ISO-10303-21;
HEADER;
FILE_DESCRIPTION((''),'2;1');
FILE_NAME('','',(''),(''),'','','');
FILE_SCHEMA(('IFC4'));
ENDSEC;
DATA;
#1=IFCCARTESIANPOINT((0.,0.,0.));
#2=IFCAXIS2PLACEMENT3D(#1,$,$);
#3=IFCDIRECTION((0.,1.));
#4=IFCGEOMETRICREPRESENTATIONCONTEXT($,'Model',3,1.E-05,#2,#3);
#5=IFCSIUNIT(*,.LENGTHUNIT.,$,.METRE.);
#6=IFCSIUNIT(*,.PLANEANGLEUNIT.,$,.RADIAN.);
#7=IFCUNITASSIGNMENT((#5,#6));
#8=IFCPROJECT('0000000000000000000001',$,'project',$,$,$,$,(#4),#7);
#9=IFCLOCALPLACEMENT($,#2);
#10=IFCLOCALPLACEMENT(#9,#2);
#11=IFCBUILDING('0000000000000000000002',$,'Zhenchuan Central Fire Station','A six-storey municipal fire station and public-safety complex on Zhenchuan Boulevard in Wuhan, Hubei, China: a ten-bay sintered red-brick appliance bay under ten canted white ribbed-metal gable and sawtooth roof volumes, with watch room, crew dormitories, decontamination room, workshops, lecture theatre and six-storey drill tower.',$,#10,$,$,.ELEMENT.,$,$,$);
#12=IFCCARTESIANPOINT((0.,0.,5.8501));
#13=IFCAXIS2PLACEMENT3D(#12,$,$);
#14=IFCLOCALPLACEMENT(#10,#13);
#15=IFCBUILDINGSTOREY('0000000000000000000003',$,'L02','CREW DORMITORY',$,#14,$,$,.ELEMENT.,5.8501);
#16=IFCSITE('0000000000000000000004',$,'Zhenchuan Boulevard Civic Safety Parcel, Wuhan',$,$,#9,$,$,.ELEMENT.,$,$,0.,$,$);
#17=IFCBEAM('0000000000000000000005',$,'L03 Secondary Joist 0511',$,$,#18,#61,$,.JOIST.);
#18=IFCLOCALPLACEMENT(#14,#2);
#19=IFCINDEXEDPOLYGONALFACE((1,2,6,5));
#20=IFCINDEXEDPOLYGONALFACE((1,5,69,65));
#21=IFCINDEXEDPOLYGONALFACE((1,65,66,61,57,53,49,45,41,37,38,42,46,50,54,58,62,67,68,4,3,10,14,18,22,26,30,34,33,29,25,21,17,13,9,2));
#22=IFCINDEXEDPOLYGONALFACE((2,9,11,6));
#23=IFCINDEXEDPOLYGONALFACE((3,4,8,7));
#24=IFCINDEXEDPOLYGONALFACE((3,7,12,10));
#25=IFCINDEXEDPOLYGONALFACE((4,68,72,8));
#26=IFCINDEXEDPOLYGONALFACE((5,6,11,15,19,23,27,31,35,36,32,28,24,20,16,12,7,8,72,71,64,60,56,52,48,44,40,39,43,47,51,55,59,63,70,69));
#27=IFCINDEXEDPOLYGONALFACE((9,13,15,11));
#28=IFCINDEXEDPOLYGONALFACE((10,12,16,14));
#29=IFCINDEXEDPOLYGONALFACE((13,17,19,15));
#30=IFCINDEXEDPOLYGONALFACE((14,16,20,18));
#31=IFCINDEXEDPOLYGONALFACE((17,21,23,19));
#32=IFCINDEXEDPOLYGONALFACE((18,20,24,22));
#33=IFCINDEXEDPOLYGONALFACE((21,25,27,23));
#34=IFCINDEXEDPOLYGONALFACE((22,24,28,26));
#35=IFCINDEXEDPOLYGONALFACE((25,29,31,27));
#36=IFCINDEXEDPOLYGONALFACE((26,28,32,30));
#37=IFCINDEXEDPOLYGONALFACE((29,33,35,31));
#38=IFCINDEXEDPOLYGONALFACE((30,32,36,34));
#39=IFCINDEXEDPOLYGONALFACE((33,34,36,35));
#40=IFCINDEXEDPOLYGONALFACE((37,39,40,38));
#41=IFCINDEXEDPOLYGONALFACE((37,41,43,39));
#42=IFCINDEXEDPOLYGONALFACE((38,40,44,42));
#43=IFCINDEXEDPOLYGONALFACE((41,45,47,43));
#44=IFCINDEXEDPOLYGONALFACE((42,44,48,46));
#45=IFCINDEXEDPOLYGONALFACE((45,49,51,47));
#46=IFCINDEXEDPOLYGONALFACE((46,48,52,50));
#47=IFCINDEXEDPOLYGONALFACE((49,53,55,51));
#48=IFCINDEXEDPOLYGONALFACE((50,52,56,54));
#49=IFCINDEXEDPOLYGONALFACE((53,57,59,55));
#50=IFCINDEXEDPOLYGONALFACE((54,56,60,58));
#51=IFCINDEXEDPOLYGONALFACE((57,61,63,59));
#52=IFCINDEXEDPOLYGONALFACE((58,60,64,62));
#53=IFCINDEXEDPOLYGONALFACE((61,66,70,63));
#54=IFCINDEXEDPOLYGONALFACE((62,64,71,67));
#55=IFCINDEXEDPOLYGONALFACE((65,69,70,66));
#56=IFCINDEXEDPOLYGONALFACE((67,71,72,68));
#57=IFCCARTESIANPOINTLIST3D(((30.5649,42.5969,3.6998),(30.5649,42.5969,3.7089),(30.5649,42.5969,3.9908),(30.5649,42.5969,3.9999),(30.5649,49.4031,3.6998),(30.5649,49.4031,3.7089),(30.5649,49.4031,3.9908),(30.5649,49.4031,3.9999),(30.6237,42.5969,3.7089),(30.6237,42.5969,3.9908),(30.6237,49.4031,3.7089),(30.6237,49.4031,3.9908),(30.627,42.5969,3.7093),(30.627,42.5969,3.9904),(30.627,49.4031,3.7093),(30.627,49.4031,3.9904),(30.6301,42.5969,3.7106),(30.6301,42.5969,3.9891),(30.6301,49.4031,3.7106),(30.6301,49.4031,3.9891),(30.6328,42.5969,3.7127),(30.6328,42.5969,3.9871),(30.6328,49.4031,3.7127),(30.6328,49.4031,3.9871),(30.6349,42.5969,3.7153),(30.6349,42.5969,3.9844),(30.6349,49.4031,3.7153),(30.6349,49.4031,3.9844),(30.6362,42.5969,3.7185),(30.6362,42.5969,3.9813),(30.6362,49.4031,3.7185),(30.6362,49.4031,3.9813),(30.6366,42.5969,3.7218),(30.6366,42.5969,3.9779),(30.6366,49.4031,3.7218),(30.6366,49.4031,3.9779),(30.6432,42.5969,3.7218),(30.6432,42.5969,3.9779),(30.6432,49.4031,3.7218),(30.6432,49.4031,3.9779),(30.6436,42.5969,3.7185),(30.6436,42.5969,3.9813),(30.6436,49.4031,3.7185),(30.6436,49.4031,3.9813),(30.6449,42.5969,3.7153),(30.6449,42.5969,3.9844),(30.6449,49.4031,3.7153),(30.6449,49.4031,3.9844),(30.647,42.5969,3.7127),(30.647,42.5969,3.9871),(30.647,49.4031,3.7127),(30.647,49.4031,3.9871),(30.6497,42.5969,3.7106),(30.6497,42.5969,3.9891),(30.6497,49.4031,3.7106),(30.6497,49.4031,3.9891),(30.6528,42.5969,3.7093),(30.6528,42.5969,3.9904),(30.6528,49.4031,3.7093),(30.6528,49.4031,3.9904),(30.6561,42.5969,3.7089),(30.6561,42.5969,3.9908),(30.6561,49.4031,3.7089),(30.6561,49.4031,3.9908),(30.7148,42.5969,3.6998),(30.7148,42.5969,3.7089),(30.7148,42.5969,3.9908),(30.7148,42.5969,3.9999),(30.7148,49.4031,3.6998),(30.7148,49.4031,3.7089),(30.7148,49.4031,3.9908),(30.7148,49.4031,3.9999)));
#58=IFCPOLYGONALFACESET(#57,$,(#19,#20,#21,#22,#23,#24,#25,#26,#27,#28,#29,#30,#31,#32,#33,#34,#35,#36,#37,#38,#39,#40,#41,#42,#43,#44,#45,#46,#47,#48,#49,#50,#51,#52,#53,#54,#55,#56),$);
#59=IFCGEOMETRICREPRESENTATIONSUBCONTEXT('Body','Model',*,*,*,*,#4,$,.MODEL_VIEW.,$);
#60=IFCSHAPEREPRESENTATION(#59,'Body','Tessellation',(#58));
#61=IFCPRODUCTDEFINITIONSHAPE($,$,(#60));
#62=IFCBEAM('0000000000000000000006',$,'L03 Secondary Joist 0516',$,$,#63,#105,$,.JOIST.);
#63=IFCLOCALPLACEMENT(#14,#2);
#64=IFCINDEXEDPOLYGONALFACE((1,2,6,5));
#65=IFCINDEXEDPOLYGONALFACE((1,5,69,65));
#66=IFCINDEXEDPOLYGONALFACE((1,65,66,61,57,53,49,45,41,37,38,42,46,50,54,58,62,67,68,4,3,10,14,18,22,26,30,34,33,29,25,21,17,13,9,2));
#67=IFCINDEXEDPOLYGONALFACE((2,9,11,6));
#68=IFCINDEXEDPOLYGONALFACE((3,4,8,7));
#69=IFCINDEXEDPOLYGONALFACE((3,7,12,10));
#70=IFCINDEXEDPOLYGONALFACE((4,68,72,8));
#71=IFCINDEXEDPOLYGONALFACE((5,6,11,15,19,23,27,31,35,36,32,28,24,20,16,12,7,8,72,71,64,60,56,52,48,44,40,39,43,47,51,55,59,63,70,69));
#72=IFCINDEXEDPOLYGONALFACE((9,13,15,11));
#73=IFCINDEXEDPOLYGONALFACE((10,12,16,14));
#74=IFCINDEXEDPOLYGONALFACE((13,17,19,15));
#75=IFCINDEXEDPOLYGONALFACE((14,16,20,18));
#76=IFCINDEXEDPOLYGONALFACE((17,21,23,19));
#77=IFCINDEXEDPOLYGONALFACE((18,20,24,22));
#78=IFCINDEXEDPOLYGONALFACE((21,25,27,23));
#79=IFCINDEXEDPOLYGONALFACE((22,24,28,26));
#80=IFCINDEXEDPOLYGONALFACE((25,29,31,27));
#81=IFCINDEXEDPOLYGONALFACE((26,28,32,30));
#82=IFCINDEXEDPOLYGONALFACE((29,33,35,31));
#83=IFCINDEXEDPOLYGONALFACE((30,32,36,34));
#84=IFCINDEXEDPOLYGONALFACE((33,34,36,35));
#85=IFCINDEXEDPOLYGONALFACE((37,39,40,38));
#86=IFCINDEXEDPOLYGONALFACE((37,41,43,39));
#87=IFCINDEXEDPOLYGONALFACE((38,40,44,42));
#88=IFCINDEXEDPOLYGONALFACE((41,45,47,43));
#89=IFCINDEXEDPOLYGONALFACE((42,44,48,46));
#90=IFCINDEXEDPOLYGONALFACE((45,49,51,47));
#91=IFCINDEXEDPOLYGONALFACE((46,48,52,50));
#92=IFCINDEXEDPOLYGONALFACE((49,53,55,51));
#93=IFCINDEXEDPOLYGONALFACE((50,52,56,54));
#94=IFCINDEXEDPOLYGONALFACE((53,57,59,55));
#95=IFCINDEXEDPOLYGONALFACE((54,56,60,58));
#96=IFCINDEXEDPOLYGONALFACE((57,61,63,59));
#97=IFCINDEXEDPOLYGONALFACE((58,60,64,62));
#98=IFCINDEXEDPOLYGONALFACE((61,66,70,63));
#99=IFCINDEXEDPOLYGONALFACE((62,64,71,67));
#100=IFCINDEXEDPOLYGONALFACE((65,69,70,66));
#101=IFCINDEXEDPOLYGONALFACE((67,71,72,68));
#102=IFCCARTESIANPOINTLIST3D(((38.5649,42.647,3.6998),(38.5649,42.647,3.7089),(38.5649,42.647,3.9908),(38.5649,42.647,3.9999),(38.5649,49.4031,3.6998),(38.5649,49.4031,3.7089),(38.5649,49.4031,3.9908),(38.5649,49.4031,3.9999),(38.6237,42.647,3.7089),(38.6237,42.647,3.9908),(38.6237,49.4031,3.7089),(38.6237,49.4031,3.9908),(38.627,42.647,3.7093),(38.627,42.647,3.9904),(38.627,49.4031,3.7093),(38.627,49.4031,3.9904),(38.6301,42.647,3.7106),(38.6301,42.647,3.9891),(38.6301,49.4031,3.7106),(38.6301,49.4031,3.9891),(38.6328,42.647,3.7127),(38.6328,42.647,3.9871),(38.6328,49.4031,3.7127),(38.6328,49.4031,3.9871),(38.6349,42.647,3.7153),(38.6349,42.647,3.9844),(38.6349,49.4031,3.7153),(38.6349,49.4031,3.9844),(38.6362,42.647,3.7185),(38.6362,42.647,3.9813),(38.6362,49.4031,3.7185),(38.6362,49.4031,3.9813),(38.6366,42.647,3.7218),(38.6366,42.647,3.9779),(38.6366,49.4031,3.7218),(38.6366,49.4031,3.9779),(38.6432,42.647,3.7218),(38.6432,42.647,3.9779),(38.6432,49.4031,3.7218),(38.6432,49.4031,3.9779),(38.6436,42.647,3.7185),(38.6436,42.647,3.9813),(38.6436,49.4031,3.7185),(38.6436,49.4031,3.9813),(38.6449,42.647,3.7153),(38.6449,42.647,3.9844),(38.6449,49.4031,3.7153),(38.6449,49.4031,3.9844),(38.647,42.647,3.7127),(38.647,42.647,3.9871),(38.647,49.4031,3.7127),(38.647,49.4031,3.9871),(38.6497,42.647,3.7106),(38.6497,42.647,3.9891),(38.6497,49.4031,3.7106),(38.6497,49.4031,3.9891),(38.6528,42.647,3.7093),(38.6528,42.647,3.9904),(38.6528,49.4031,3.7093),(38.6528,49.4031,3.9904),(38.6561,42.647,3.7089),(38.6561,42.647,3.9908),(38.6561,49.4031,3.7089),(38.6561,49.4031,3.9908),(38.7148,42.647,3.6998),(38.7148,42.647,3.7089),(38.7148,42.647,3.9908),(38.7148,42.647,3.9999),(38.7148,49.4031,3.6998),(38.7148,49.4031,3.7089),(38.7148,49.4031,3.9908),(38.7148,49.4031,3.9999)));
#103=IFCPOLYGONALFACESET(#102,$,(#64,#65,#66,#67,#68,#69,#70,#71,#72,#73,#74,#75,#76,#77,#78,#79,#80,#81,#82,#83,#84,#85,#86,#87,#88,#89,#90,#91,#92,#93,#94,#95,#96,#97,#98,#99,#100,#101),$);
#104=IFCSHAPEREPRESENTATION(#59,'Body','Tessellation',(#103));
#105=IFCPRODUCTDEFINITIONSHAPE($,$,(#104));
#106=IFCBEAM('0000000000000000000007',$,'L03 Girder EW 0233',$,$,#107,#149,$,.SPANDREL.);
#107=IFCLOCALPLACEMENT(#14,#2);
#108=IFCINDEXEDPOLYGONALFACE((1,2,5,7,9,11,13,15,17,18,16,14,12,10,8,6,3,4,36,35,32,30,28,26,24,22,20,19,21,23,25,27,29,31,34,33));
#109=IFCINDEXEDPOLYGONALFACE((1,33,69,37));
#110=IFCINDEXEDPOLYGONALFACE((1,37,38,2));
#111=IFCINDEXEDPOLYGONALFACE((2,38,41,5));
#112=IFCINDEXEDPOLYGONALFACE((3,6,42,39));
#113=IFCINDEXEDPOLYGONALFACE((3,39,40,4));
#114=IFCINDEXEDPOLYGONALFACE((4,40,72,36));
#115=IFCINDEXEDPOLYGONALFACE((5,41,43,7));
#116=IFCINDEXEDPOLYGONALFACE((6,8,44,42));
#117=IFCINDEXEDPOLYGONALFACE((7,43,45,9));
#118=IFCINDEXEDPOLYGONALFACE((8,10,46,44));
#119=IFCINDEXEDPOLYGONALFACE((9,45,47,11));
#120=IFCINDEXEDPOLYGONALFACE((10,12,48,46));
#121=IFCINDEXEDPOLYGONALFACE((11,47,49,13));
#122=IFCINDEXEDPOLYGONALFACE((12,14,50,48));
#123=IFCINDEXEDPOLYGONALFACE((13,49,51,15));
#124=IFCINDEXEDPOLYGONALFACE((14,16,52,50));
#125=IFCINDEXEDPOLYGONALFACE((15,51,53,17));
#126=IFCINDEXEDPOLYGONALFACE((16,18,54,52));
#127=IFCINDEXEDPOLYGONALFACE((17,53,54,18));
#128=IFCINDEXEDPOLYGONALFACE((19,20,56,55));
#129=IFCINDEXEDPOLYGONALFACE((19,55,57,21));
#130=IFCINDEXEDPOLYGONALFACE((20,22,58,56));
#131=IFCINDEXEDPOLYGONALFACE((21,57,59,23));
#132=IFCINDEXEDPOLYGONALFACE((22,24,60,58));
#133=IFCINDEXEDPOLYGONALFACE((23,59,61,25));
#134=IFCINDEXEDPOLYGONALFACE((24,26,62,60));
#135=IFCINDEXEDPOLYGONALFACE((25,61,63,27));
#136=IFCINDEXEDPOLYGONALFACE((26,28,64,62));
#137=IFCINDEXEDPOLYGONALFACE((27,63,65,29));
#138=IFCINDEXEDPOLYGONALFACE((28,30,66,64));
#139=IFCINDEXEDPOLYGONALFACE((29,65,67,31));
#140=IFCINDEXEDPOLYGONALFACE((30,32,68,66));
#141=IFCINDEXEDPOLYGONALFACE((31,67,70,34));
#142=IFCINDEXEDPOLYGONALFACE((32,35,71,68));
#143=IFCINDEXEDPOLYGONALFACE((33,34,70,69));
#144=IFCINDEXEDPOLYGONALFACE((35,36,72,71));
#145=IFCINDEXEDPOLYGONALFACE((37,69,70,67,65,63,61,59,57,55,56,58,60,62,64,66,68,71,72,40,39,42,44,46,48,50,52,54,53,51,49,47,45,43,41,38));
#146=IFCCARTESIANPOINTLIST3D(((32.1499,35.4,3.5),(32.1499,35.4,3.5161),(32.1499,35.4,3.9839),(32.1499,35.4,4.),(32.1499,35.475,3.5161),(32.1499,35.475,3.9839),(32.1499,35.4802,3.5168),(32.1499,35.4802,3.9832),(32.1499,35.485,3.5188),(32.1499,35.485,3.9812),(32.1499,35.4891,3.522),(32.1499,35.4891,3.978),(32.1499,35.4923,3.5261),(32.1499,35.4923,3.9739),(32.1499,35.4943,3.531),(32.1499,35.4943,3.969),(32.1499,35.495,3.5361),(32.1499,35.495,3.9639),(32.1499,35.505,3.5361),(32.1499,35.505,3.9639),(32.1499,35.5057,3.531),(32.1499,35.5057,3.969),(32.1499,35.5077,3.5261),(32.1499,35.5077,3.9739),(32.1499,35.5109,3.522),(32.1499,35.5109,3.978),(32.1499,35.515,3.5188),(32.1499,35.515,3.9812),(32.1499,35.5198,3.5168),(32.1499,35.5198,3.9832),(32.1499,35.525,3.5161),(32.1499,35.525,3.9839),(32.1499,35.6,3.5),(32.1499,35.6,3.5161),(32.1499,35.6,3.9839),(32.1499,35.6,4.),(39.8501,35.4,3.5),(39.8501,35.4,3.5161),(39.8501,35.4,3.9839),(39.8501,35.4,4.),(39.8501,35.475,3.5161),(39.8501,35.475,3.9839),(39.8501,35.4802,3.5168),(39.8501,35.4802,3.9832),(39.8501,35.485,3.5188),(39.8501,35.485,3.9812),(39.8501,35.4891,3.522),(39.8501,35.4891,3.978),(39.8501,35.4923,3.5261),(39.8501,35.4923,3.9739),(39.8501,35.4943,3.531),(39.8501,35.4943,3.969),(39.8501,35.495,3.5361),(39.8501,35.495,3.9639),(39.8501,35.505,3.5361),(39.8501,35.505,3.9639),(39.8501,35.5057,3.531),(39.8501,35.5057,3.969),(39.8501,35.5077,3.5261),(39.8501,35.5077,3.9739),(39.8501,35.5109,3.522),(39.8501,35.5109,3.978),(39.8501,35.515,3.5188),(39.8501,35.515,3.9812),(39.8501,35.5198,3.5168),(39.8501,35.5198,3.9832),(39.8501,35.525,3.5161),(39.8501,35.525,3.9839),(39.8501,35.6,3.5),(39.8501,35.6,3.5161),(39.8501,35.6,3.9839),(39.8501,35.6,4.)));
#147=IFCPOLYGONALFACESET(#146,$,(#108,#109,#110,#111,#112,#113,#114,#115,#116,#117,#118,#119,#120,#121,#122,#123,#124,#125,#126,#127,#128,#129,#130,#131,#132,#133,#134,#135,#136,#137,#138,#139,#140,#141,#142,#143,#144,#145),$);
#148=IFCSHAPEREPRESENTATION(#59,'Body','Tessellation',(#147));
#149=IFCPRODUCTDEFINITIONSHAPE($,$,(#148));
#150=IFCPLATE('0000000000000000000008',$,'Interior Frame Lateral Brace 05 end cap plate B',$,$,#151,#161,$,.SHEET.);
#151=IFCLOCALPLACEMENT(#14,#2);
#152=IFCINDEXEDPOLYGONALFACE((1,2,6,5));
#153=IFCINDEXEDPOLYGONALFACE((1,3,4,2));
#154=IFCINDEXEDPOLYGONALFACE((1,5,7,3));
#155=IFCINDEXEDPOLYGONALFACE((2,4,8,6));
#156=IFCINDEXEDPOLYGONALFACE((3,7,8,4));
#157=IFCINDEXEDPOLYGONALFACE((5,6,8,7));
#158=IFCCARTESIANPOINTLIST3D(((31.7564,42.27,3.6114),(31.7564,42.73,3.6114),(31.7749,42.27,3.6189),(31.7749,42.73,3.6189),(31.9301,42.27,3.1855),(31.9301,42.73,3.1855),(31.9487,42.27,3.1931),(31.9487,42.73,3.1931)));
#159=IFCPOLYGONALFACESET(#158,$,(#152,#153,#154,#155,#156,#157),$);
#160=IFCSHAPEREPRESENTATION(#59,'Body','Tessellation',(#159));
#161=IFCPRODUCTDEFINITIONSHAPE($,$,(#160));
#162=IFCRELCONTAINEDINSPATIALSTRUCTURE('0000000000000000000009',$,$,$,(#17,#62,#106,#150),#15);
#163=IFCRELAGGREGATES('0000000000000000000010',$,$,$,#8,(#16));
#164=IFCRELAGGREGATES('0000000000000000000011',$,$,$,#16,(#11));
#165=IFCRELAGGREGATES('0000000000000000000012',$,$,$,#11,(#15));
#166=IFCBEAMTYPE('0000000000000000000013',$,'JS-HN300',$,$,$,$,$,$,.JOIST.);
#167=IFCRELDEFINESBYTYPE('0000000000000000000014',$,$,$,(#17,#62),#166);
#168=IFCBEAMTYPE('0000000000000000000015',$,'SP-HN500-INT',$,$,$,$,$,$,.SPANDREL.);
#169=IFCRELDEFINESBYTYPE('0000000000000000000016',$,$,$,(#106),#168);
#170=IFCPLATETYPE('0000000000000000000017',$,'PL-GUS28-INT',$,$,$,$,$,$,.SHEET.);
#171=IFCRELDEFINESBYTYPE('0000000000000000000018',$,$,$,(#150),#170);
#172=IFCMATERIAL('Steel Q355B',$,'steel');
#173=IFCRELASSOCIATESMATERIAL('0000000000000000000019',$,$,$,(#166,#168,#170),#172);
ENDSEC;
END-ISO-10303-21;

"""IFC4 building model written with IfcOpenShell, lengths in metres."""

from ifc_helpers import new_model, si_unit, direction, frame, origin, origin_2d, place, context, subcontext, project, spatial, rectangle, i_section, extrude, material, material_profile, profile_set, type_object, element, save


model = new_model("IFC4")

# Units and contexts
model_context = context("Model", 3, precision=1e-05, world=origin(), true_north=direction((0.0, 1.0)))
body_context = subcontext(model_context, "Body", "Model", "MODEL_VIEW")
ifc_project = project(units=[si_unit("LENGTHUNIT", "METRE"), si_unit("PLANEANGLEUNIT", "RADIAN")], contexts=[model_context])

# Site, building, storey
site_placement = place(None, origin())
site = spatial("IfcSite", under=ifc_project, at=site_placement, Name="Zhenchuan Boulevard Civic Safety Parcel, Wuhan", CompositionType="ELEMENT", RefElevation=0.0)
building_placement = place(site_placement, origin())
building = spatial("IfcBuilding", under=site, at=building_placement, Name="Zhenchuan Central Fire Station", Description="A six-storey municipal fire station and public-safety complex on Zhenchuan Boulevard in Wuhan, Hubei, China: a ten-bay sintered red-brick appliance bay under ten canted white ribbed-metal gable and sawtooth roof volumes, with watch room, crew dormitories, decontamination room, workshops, lecture theatre and six-storey drill tower.", CompositionType="ELEMENT")
storey_placement = place(building_placement, frame((0.0, 0.0, 5.8501)))
storey = spatial("IfcBuildingStorey", under=building, at=storey_placement, Name="L02", Description="CREW DORMITORY", CompositionType="ELEMENT", Elevation=5.8501)

# Shared definitions
ifc_material_1 = material(Name="Steel Q355B", Category="steel")

# Beams
ifc_material_profile_1 = material_profile(ifc_material_1, i_section(OverallWidth=0.1499, OverallDepth=0.3, WebThickness=0.0066, FlangeThickness=0.009, FilletRadius=0.0129, at=origin_2d()), Name="HN 300x150")
ifc_profile_set_1 = profile_set([ifc_material_profile_1], Name="Steel Q355B")
beam_type_1 = type_object("IfcBeamType", Name="JS-HN300", PredefinedType="JOIST", material=ifc_profile_set_1)
beam_1_placement = place(storey_placement, frame((30.6399, 42.5969, 3.8499), z_axis=(0.0, 1.0, 0.0), x_axis=(-1.0, 0.0, 0.0)))
element("IfcBeam", 1, at=beam_1_placement, inside=storey, type_object=beam_type_1, Name="L03 Secondary Joist 0511", PredefinedType="JOIST", context=body_context, shape_type="SweptSolid", body=[
    extrude(i_section(OverallWidth=0.1499, OverallDepth=0.3, WebThickness=0.0066, FlangeThickness=0.009, FilletRadius=0.0129, at=origin_2d()), origin(), (0.0, 0.0, 1.0), 6.8062),
])
beam_2_placement = place(storey_placement, frame((38.6399, 42.647, 3.8499), z_axis=(0.0, 1.0, 0.0), x_axis=(-1.0, 0.0, 0.0)))
element("IfcBeam", 2, at=beam_2_placement, inside=storey, type_object=beam_type_1, Name="L03 Secondary Joist 0516", PredefinedType="JOIST", context=body_context, shape_type="SweptSolid", body=[
    extrude(i_section(OverallWidth=0.1499, OverallDepth=0.3, WebThickness=0.0066, FlangeThickness=0.009, FilletRadius=0.0129, at=origin_2d()), origin(), (0.0, 0.0, 1.0), 6.7561),
])
ifc_material_profile_2 = material_profile(ifc_material_1, i_section(OverallWidth=0.2, OverallDepth=0.5, WebThickness=0.01, FlangeThickness=0.0161, FilletRadius=0.02, at=origin_2d()), Name="HN 500x200")
ifc_profile_set_2 = profile_set([ifc_material_profile_2], Name="Steel Q355B")
beam_type_2 = type_object("IfcBeamType", Name="SP-HN500-INT", PredefinedType="SPANDREL", material=ifc_profile_set_2)
beam_3_placement = place(storey_placement, frame((32.1499, 35.5, 3.75), z_axis=(1.0, 0.0, 0.0), x_axis=(0.0, 1.0, 0.0)))
element("IfcBeam", 3, at=beam_3_placement, inside=storey, type_object=beam_type_2, Name="L03 Girder EW 0233", PredefinedType="SPANDREL", context=body_context, shape_type="SweptSolid", body=[
    extrude(i_section(OverallWidth=0.2, OverallDepth=0.5, WebThickness=0.01, FlangeThickness=0.0161, FilletRadius=0.02, at=origin_2d()), origin(), (0.0, 0.0, 1.0), 7.7002),
])

# Plate
ifc_material_profile_3 = material_profile(ifc_material_1, rectangle(XDim=0.46, YDim=0.46, at=origin_2d()), Name="PL 460x460x28")
ifc_profile_set_3 = profile_set([ifc_material_profile_3], Name="Steel Q355B")
plate_type = type_object("IfcPlateType", Name="PL-GUS28-INT", PredefinedType="SHEET", material=ifc_profile_set_3)
plate_placement = place(storey_placement, frame((31.8433, 42.5, 3.3984), z_axis=(0.925935, 0.0, 0.377684), x_axis=(0.0, 1.0, 0.0)))
element("IfcPlate", 4, at=plate_placement, inside=storey, type_object=plate_type, Name="Interior Frame Lateral Brace 05 end cap plate B", PredefinedType="SHEET", context=body_context, shape_type="SweptSolid", body=[
    extrude(rectangle(XDim=0.46, YDim=0.46, at=origin_2d()), origin(), (0.0, 0.0, 1.0), 0.02),
])

save(model, "model.ifc")
